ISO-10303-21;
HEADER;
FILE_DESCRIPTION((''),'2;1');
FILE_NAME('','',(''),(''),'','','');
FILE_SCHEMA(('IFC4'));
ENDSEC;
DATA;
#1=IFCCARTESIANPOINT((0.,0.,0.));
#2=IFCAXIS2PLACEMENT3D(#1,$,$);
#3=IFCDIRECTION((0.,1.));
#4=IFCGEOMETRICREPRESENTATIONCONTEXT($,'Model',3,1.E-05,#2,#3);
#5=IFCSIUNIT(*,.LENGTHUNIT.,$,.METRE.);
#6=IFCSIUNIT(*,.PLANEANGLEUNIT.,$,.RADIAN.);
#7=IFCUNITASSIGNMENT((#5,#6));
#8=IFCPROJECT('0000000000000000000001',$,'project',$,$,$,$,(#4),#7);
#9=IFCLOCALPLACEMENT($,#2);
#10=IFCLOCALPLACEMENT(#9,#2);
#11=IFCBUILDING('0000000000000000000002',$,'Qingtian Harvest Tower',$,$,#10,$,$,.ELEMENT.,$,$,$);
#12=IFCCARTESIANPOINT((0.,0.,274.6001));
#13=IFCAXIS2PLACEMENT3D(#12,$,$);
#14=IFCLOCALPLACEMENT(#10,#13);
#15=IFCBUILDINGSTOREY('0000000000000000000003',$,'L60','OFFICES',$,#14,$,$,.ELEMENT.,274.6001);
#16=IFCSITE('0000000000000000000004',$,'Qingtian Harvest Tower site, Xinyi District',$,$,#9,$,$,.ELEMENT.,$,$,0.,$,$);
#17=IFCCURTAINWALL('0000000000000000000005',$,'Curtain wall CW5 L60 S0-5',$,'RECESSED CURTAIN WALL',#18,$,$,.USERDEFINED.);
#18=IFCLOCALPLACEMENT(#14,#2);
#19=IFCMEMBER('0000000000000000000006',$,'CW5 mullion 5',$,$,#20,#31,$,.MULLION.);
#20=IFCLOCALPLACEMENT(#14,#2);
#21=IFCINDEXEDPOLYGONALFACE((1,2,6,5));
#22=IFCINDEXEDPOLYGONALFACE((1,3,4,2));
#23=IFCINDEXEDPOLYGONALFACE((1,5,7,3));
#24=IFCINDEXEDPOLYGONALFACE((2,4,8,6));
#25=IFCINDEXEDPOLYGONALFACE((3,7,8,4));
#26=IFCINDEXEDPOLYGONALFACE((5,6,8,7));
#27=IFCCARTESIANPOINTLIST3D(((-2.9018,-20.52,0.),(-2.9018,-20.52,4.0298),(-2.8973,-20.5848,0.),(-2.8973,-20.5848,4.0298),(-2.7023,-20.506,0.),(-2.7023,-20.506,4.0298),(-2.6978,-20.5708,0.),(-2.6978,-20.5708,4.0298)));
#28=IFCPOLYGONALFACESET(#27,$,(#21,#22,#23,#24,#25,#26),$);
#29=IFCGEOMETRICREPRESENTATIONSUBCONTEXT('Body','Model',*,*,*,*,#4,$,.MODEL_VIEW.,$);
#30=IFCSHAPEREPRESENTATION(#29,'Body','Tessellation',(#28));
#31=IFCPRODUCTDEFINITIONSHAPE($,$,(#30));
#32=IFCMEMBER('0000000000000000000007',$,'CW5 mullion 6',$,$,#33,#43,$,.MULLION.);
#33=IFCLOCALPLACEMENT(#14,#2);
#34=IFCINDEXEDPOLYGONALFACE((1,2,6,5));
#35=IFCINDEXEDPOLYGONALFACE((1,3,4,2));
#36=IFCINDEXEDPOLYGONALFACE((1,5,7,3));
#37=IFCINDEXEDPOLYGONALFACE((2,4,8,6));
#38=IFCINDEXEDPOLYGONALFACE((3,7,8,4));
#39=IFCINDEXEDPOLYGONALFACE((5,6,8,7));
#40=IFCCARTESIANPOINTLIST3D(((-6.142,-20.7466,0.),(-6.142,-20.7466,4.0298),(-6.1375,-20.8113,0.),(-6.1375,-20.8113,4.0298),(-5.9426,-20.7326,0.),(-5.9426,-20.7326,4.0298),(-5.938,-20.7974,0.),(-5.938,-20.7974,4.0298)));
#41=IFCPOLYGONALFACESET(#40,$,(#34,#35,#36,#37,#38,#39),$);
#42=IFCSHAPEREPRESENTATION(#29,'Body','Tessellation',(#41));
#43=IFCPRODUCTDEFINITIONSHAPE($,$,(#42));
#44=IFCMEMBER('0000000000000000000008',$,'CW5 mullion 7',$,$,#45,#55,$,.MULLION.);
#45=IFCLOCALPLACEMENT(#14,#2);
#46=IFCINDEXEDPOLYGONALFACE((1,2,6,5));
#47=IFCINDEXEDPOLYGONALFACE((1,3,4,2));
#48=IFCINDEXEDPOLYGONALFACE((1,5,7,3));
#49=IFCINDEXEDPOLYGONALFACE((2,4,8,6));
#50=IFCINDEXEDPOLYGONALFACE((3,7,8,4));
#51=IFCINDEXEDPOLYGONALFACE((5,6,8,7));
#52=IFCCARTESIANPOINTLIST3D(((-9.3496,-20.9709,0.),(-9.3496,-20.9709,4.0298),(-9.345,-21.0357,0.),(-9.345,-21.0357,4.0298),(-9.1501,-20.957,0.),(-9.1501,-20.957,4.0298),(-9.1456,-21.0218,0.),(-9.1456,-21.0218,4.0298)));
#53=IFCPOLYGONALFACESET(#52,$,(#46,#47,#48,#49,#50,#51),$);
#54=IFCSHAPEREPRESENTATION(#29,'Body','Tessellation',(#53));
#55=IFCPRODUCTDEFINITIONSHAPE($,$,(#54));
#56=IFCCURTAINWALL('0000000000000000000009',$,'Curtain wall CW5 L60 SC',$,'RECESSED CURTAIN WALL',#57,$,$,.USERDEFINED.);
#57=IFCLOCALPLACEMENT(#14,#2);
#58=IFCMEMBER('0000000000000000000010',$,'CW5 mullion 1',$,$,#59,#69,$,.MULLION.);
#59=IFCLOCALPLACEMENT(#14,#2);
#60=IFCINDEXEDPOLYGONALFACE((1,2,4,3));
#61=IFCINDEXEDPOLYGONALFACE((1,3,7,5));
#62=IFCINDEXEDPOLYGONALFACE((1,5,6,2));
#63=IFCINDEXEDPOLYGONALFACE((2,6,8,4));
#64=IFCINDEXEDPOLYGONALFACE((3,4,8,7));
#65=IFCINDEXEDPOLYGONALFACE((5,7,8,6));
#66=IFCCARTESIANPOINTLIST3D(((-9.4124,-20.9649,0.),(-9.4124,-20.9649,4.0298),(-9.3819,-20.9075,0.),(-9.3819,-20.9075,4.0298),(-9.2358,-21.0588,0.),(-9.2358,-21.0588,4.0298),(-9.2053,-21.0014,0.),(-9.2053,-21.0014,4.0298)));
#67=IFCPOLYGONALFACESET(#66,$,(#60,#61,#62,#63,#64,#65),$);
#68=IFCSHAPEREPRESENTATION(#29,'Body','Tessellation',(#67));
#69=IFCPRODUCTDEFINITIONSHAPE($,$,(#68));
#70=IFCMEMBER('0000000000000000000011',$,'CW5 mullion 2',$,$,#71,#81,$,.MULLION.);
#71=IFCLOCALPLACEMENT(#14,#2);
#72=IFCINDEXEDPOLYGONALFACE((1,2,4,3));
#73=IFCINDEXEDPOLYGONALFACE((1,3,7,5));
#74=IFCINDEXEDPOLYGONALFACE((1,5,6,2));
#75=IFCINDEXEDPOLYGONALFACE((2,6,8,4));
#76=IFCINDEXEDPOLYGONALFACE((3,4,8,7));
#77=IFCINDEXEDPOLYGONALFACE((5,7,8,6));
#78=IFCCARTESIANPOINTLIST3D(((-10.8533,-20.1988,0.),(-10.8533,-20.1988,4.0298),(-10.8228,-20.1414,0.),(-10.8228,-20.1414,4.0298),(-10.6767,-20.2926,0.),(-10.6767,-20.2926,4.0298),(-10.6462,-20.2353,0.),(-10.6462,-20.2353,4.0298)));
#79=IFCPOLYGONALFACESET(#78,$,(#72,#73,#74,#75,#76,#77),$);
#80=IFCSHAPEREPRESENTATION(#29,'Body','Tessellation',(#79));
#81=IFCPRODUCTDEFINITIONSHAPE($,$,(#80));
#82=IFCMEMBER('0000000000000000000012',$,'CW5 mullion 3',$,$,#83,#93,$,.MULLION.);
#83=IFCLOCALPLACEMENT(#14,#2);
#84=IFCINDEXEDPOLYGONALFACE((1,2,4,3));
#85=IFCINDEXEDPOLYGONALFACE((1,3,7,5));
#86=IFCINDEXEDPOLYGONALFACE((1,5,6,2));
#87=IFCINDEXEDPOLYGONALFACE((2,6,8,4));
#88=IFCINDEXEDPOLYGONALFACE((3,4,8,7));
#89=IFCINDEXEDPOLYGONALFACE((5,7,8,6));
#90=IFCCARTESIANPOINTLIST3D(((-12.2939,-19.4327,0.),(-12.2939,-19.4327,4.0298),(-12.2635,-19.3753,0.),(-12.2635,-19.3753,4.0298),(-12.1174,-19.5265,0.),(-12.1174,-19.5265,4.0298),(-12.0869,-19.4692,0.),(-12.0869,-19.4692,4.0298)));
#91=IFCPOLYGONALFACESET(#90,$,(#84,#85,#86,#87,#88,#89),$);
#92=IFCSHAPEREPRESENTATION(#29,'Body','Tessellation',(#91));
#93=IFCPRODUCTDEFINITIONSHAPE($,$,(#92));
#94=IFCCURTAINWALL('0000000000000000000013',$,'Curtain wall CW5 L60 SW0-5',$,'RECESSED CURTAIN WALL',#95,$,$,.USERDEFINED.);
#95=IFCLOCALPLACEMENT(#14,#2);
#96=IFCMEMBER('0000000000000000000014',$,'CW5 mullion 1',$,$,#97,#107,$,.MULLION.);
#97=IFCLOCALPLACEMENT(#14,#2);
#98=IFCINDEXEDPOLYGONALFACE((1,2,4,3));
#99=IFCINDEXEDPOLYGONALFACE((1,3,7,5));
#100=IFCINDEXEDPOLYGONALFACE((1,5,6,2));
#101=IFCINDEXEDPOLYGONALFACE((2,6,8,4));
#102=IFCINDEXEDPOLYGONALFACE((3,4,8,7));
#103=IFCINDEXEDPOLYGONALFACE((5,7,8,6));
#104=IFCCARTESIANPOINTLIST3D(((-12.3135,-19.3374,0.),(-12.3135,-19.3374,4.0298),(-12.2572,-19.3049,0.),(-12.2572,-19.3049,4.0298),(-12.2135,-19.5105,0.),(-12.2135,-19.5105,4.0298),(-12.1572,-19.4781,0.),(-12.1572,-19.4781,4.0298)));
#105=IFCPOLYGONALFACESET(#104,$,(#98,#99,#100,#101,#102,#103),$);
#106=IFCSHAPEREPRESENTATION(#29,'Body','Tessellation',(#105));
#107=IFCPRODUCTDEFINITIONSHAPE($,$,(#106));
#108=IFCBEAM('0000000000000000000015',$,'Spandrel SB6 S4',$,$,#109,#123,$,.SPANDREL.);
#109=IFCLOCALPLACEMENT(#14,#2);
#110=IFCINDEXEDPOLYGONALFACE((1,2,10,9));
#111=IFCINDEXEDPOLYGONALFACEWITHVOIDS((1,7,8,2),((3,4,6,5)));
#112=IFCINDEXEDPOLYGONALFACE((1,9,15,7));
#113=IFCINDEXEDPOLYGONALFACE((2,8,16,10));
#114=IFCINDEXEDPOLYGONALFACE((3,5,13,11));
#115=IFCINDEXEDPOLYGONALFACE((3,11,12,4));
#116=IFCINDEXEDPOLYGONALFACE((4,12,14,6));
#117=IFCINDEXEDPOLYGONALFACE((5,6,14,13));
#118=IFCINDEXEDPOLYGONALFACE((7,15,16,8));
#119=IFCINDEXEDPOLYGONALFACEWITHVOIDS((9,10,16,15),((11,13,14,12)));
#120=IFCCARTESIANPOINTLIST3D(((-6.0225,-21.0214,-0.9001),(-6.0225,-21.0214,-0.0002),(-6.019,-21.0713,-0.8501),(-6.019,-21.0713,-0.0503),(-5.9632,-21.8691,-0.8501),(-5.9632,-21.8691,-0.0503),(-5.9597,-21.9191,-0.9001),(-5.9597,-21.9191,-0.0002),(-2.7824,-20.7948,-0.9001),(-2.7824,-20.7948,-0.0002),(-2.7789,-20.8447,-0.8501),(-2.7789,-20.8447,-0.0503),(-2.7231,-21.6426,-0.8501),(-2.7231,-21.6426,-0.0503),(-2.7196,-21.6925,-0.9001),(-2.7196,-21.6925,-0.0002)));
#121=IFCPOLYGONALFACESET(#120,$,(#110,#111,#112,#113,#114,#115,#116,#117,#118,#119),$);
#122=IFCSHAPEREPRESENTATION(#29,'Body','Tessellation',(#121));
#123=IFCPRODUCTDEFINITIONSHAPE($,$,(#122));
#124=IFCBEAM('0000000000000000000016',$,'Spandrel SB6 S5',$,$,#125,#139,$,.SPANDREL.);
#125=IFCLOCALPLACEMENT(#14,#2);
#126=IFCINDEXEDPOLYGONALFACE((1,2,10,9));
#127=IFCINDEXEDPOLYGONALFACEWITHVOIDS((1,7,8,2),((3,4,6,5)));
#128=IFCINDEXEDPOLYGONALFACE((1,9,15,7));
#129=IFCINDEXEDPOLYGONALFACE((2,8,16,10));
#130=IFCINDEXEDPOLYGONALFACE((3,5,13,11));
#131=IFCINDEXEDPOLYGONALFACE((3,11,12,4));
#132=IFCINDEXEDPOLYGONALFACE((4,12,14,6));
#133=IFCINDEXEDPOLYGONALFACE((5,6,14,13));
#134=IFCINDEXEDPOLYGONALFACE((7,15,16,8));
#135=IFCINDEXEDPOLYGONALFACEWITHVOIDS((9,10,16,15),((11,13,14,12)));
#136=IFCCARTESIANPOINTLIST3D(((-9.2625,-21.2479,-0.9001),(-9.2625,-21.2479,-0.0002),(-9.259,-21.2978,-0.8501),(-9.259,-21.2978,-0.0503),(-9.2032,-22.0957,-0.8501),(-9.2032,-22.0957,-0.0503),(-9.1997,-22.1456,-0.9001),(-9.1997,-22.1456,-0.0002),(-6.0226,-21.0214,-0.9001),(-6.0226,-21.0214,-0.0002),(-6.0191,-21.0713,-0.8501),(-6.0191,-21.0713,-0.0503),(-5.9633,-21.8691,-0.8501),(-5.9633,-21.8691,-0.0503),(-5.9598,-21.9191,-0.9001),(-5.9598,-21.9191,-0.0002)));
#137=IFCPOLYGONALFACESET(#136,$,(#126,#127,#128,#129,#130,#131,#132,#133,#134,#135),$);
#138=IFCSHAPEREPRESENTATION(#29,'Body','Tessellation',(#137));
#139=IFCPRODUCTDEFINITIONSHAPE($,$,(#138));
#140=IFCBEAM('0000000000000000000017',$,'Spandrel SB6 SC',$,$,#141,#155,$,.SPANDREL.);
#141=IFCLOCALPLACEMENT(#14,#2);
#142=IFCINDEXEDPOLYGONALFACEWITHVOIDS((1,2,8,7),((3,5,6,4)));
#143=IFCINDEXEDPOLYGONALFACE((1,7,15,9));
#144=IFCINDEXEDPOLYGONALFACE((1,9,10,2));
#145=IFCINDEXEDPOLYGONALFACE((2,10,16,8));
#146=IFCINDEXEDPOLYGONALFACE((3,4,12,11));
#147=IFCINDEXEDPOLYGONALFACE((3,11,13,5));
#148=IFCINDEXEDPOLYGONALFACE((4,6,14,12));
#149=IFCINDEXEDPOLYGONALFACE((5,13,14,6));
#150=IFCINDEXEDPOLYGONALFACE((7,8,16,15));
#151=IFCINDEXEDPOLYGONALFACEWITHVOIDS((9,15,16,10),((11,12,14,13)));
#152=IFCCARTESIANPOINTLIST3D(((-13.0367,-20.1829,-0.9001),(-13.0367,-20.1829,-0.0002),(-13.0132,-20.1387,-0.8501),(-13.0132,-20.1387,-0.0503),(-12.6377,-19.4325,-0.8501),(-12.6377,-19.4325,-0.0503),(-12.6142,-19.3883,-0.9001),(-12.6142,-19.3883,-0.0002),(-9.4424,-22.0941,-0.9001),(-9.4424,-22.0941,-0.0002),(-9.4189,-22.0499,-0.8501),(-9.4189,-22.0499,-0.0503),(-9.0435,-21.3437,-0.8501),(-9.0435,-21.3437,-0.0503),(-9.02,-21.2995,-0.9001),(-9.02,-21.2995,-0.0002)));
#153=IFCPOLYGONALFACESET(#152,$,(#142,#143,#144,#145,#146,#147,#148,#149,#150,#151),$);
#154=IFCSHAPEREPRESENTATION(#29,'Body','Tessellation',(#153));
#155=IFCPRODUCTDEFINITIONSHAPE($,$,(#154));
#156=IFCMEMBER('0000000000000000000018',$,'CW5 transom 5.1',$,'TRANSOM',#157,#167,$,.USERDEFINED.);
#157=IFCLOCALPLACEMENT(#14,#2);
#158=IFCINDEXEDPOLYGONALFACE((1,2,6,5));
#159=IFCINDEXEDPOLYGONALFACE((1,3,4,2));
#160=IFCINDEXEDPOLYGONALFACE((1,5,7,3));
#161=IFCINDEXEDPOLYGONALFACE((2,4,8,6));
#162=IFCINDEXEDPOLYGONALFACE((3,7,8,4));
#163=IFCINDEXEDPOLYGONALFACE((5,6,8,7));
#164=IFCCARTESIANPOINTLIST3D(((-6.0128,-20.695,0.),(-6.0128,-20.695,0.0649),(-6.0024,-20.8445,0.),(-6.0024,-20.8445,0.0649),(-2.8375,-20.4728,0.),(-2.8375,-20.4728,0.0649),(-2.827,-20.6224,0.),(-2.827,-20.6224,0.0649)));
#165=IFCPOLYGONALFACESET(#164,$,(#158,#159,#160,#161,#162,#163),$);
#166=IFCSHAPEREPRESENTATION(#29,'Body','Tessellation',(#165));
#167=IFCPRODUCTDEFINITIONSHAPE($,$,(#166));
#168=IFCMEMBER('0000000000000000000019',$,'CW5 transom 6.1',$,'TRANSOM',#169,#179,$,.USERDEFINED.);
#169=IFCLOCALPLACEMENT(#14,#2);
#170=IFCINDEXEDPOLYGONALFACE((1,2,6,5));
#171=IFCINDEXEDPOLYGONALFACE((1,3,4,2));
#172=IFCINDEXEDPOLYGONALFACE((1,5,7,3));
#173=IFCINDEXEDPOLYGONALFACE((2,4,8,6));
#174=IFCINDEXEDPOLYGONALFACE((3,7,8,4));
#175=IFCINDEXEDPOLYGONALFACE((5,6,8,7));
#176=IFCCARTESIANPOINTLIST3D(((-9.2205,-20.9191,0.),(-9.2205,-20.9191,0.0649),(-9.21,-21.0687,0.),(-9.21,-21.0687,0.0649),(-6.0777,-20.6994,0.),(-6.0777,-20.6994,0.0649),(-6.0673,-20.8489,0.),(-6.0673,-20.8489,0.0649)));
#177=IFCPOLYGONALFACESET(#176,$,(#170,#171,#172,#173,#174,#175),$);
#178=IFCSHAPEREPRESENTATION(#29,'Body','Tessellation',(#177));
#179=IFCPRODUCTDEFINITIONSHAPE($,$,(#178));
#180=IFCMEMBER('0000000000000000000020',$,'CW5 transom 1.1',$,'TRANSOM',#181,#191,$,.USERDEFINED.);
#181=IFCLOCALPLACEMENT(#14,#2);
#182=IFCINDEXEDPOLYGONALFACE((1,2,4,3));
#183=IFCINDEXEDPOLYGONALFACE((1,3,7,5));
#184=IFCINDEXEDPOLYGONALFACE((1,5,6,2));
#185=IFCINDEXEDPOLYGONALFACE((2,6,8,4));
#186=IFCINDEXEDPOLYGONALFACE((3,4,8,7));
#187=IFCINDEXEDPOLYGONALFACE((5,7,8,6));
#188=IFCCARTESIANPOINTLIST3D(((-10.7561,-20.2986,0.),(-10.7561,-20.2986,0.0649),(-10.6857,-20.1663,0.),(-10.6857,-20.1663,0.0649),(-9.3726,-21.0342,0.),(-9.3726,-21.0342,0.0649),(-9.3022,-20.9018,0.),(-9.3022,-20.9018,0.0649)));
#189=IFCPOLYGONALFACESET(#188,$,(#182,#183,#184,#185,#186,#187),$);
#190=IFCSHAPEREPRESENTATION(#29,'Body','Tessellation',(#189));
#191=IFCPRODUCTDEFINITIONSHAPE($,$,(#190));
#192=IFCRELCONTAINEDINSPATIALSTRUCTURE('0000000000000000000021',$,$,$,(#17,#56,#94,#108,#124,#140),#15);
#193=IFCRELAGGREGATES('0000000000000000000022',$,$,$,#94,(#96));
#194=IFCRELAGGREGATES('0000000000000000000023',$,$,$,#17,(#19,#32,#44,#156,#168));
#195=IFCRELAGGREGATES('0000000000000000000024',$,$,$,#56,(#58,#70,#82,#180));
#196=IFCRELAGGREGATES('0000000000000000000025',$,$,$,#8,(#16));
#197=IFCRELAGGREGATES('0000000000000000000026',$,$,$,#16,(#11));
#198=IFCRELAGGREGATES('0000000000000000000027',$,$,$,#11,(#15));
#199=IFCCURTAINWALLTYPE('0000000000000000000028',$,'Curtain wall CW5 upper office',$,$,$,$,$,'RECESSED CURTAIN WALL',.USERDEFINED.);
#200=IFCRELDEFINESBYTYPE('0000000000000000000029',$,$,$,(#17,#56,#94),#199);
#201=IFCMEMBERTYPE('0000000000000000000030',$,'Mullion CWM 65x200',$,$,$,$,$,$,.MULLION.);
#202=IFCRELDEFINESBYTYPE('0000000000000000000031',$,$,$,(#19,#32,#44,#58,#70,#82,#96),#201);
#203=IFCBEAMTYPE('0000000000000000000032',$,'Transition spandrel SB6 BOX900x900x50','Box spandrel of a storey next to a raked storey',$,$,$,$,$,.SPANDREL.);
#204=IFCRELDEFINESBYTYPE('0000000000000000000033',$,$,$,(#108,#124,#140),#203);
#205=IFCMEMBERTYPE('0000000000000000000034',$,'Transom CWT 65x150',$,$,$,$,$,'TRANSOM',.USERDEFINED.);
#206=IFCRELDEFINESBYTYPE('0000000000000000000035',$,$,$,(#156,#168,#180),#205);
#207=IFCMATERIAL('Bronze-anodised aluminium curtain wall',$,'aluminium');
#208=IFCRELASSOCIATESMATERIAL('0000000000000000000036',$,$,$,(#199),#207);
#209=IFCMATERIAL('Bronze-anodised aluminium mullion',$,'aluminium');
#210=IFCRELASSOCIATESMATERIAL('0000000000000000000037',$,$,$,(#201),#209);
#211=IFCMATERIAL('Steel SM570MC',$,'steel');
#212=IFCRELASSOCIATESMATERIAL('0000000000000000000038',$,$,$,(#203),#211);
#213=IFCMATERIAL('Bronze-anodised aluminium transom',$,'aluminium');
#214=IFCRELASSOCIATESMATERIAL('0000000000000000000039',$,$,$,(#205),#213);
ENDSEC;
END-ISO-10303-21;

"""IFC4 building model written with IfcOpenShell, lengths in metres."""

from ifc_helpers import new_model, si_unit, direction, frame, origin, origin_2d, place, context, subcontext, project, spatial, rectangle, hollow_rectangle, extrude, material, material_profile, profile_set, type_object, element, aggregate, save


model = new_model("IFC4")

# Units and contexts
model_context = context("Model", 3, precision=1e-05, world=origin(), true_north=direction((0.0, 1.0)))
body_context = subcontext(model_context, "Body", "Model", "MODEL_VIEW")
ifc_project = project(units=[si_unit("LENGTHUNIT", "METRE"), si_unit("PLANEANGLEUNIT", "RADIAN")], contexts=[model_context])

# Site, building, storey
site_placement = place(None, origin())
site = spatial("IfcSite", under=ifc_project, at=site_placement, Name="Qingtian Harvest Tower site, Xinyi District", CompositionType="ELEMENT", RefElevation=0.0)
building_placement = place(site_placement, origin())
building = spatial("IfcBuilding", under=site, at=building_placement, Name="Qingtian Harvest Tower", CompositionType="ELEMENT")
storey_placement = place(building_placement, frame((0.0, 0.0, 274.6001)))
storey = spatial("IfcBuildingStorey", under=building, at=storey_placement, Name="L60", Description="OFFICES", CompositionType="ELEMENT", Elevation=274.6001)

# Curtain walls, members
ifc_material_1 = material(Name="Bronze-anodised aluminium curtain wall", Category="aluminium")
curtain_wall_type = type_object("IfcCurtainWallType", Name="Curtain wall CW5 upper office", ElementType="RECESSED CURTAIN WALL", PredefinedType="USERDEFINED", material=ifc_material_1)
curtain_wall_1_placement = place(storey_placement, origin())
curtain_wall_1 = element("IfcCurtainWall", 1, at=curtain_wall_1_placement, inside=storey, type_object=curtain_wall_type, Name="Curtain wall CW5 L60 S0-5", ObjectType="RECESSED CURTAIN WALL", PredefinedType="USERDEFINED")
ifc_material_2 = material(Name="Bronze-anodised aluminium mullion", Category="aluminium")
ifc_material_profile_1 = material_profile(ifc_material_2, rectangle(XDim=0.0649, YDim=0.2, at=origin_2d()), Name="AL 65x200")
ifc_profile_set_1 = profile_set([ifc_material_profile_1], Name="Bronze-anodised aluminium mullion")
member_type_1 = type_object("IfcMemberType", Name="Mullion CWM 65x200", PredefinedType="MULLION", material=ifc_profile_set_1)
member_1_placement = place(storey_placement, frame((-2.7998, -20.5454, 0.0), z_axis=(0.0, 0.0, 1.0), x_axis=(0.069756, -0.997564, 0.0)))
member_1 = element("IfcMember", 2, at=member_1_placement, type_object=member_type_1, Name="CW5 mullion 5", PredefinedType="MULLION", context=body_context, shape_type="SweptSolid", body=[
    extrude(rectangle(XDim=0.0649, YDim=0.2, at=origin_2d()), origin(), (0.0, 0.0, 1.0), 4.0298),
])
member_2_placement = place(storey_placement, frame((-6.04, -20.772, 0.0), z_axis=(0.0, 0.0, 1.0), x_axis=(0.069756, -0.997564, 0.0)))
member_2 = element("IfcMember", 3, at=member_2_placement, type_object=member_type_1, Name="CW5 mullion 6", PredefinedType="MULLION", context=body_context, shape_type="SweptSolid", body=[
    extrude(rectangle(XDim=0.0649, YDim=0.2, at=origin_2d()), origin(), (0.0, 0.0, 1.0), 4.0298),
])
member_3_placement = place(storey_placement, frame((-9.2476, -20.9963, 0.0), z_axis=(0.0, 0.0, 1.0), x_axis=(0.069756, -0.997564, 0.0)))
member_3 = element("IfcMember", 4, at=member_3_placement, type_object=member_type_1, Name="CW5 mullion 7", PredefinedType="MULLION", context=body_context, shape_type="SweptSolid", body=[
    extrude(rectangle(XDim=0.0649, YDim=0.2, at=origin_2d()), origin(), (0.0, 0.0, 1.0), 4.0298),
])
curtain_wall_2_placement = place(storey_placement, origin())
curtain_wall_2 = element("IfcCurtainWall", 5, at=curtain_wall_2_placement, inside=storey, type_object=curtain_wall_type, Name="Curtain wall CW5 L60 SC", ObjectType="RECESSED CURTAIN WALL", PredefinedType="USERDEFINED")
member_4_placement = place(storey_placement, frame((-9.3088, -20.9832, 0.0), z_axis=(0.0, 0.0, 1.0), x_axis=(-0.469472, -0.882948, 0.0)))
member_4 = element("IfcMember", 6, at=member_4_placement, type_object=member_type_1, Name="CW5 mullion 1", PredefinedType="MULLION", context=body_context, shape_type="SweptSolid", body=[
    extrude(rectangle(XDim=0.0649, YDim=0.2, at=origin_2d()), origin(), (0.0, 0.0, 1.0), 4.0298),
])
member_5_placement = place(storey_placement, frame((-10.7498, -20.217, 0.0), z_axis=(0.0, 0.0, 1.0), x_axis=(-0.469472, -0.882948, 0.0)))
member_5 = element("IfcMember", 7, at=member_5_placement, type_object=member_type_1, Name="CW5 mullion 2", PredefinedType="MULLION", context=body_context, shape_type="SweptSolid", body=[
    extrude(rectangle(XDim=0.0649, YDim=0.2, at=origin_2d()), origin(), (0.0, 0.0, 1.0), 4.0298),
])
member_6_placement = place(storey_placement, frame((-12.1904, -19.4509, 0.0), z_axis=(0.0, 0.0, 1.0), x_axis=(-0.469472, -0.882948, 0.0)))
member_6 = element("IfcMember", 8, at=member_6_placement, type_object=member_type_1, Name="CW5 mullion 3", PredefinedType="MULLION", context=body_context, shape_type="SweptSolid", body=[
    extrude(rectangle(XDim=0.0649, YDim=0.2, at=origin_2d()), origin(), (0.0, 0.0, 1.0), 4.0298),
])

# Curtain wall, member
curtain_wall_3_placement = place(storey_placement, origin())
curtain_wall_3 = element("IfcCurtainWall", 9, at=curtain_wall_3_placement, inside=storey, type_object=curtain_wall_type, Name="Curtain wall CW5 L60 SW0-5", ObjectType="RECESSED CURTAIN WALL", PredefinedType="USERDEFINED")
member_7_placement = place(storey_placement, frame((-12.2354, -19.4077, 0.0), z_axis=(0.0, 0.0, 1.0), x_axis=(-0.866025, -0.5, 0.0)))
member_7 = element("IfcMember", 10, at=member_7_placement, type_object=member_type_1, Name="CW5 mullion 1", PredefinedType="MULLION", context=body_context, shape_type="SweptSolid", body=[
    extrude(rectangle(XDim=0.0649, YDim=0.2, at=origin_2d()), origin(), (0.0, 0.0, 1.0), 4.0298),
])
aggregate(curtain_wall_3, [member_7])

# Beams
ifc_material_3 = material(Name="Steel SM570MC", Category="steel")
ifc_material_profile_2 = material_profile(ifc_material_3, hollow_rectangle(XDim=0.8999, YDim=0.8999, WallThickness=0.05, at=origin_2d()), Name="BOX900x900x50")
ifc_profile_set_2 = profile_set([ifc_material_profile_2], Name="Steel SM570MC")
beam_type_1 = type_object("IfcBeamType", Name="Transition spandrel SB6 BOX900x900x50", Description="Box spandrel of a storey next to a raked storey", PredefinedType="SPANDREL", material=ifc_profile_set_2)
beam_1_placement = place(storey_placement, frame((-2.751, -21.2437, -0.4502), z_axis=(-0.997564, -0.069751, 0.0), x_axis=(0.069751, -0.997564, 0.0)))
element("IfcBeam", 11, at=beam_1_placement, inside=storey, type_object=beam_type_1, Name="Spandrel SB6 S4", PredefinedType="SPANDREL", context=body_context, shape_type="SweptSolid", body=[
    extrude(hollow_rectangle(XDim=0.8999, YDim=0.8999, WallThickness=0.05, at=origin_2d()), origin(), (0.0, 0.0, 1.0), 3.248),
])
beam_2_placement = place(storey_placement, frame((-5.9912, -21.4702, -0.4502), z_axis=(-0.997564, -0.069757, 0.0), x_axis=(0.069757, -0.997564, 0.0)))
element("IfcBeam", 12, at=beam_2_placement, inside=storey, type_object=beam_type_1, Name="Spandrel SB6 S5", PredefinedType="SPANDREL", context=body_context, shape_type="SweptSolid", body=[
    extrude(hollow_rectangle(XDim=0.8999, YDim=0.8999, WallThickness=0.05, at=origin_2d()), origin(), (0.0, 0.0, 1.0), 3.2478),
])
beam_3_placement = place(storey_placement, frame((-9.2312, -21.6968, -0.4502), z_axis=(-0.882943, 0.46948, 0.0), x_axis=(-0.46948, -0.882943, 0.0)))
element("IfcBeam", 13, at=beam_3_placement, inside=storey, type_object=beam_type_1, Name="Spandrel SB6 SC", PredefinedType="SPANDREL", context=body_context, shape_type="SweptSolid", body=[
    extrude(hollow_rectangle(XDim=0.8999, YDim=0.8999, WallThickness=0.05, at=origin_2d()), origin(), (0.0, 0.0, 1.0), 4.0708),
])

# Members
ifc_material_4 = material(Name="Bronze-anodised aluminium transom", Category="aluminium")
ifc_material_profile_3 = material_profile(ifc_material_4, rectangle(XDim=0.1499, YDim=0.0649, at=origin_2d()), Name="AL 65x150")
ifc_profile_set_3 = profile_set([ifc_material_profile_3], Name="Bronze-anodised aluminium transom")
member_type_2 = type_object("IfcMemberType", Name="Transom CWT 65x150", ElementType="TRANSOM", PredefinedType="USERDEFINED", material=ifc_profile_set_3)
member_8_placement = place(storey_placement, frame((-2.8323, -20.5476, 0.0325), z_axis=(-0.997561, -0.069797, 0.0), x_axis=(0.069797, -0.997561, 0.0)))
member_8 = element("IfcMember", 14, at=member_8_placement, type_object=member_type_2, Name="CW5 transom 5.1", ObjectType="TRANSOM", PredefinedType="USERDEFINED", context=body_context, shape_type="SweptSolid", body=[
    extrude(rectangle(XDim=0.1499, YDim=0.0649, at=origin_2d()), origin(), (0.0, 0.0, 1.0), 3.1831),
])
member_9_placement = place(storey_placement, frame((-6.0725, -20.7742, 0.0325), z_axis=(-0.997565, -0.069744, 0.0), x_axis=(0.069744, -0.997565, 0.0)))
member_9 = element("IfcMember", 15, at=member_9_placement, type_object=member_type_2, Name="CW5 transom 6.1", ObjectType="TRANSOM", PredefinedType="USERDEFINED", context=body_context, shape_type="SweptSolid", body=[
    extrude(rectangle(XDim=0.1499, YDim=0.0649, at=origin_2d()), origin(), (0.0, 0.0, 1.0), 3.1504),
])
member_10_placement = place(storey_placement, frame((-9.3374, -20.968, 0.0325), z_axis=(-0.88296, 0.469448, 0.0), x_axis=(-0.469448, -0.88296, 0.0)))
member_10 = element("IfcMember", 16, at=member_10_placement, type_object=member_type_2, Name="CW5 transom 1.1", ObjectType="TRANSOM", PredefinedType="USERDEFINED", context=body_context, shape_type="SweptSolid", body=[
    extrude(rectangle(XDim=0.1499, YDim=0.0649, at=origin_2d()), origin(), (0.0, 0.0, 1.0), 1.5669),
])

aggregate(curtain_wall_1, [member_1, member_2, member_3, member_8, member_9])
aggregate(curtain_wall_2, [member_4, member_5, member_6, member_10])

save(model, "model.ifc")
